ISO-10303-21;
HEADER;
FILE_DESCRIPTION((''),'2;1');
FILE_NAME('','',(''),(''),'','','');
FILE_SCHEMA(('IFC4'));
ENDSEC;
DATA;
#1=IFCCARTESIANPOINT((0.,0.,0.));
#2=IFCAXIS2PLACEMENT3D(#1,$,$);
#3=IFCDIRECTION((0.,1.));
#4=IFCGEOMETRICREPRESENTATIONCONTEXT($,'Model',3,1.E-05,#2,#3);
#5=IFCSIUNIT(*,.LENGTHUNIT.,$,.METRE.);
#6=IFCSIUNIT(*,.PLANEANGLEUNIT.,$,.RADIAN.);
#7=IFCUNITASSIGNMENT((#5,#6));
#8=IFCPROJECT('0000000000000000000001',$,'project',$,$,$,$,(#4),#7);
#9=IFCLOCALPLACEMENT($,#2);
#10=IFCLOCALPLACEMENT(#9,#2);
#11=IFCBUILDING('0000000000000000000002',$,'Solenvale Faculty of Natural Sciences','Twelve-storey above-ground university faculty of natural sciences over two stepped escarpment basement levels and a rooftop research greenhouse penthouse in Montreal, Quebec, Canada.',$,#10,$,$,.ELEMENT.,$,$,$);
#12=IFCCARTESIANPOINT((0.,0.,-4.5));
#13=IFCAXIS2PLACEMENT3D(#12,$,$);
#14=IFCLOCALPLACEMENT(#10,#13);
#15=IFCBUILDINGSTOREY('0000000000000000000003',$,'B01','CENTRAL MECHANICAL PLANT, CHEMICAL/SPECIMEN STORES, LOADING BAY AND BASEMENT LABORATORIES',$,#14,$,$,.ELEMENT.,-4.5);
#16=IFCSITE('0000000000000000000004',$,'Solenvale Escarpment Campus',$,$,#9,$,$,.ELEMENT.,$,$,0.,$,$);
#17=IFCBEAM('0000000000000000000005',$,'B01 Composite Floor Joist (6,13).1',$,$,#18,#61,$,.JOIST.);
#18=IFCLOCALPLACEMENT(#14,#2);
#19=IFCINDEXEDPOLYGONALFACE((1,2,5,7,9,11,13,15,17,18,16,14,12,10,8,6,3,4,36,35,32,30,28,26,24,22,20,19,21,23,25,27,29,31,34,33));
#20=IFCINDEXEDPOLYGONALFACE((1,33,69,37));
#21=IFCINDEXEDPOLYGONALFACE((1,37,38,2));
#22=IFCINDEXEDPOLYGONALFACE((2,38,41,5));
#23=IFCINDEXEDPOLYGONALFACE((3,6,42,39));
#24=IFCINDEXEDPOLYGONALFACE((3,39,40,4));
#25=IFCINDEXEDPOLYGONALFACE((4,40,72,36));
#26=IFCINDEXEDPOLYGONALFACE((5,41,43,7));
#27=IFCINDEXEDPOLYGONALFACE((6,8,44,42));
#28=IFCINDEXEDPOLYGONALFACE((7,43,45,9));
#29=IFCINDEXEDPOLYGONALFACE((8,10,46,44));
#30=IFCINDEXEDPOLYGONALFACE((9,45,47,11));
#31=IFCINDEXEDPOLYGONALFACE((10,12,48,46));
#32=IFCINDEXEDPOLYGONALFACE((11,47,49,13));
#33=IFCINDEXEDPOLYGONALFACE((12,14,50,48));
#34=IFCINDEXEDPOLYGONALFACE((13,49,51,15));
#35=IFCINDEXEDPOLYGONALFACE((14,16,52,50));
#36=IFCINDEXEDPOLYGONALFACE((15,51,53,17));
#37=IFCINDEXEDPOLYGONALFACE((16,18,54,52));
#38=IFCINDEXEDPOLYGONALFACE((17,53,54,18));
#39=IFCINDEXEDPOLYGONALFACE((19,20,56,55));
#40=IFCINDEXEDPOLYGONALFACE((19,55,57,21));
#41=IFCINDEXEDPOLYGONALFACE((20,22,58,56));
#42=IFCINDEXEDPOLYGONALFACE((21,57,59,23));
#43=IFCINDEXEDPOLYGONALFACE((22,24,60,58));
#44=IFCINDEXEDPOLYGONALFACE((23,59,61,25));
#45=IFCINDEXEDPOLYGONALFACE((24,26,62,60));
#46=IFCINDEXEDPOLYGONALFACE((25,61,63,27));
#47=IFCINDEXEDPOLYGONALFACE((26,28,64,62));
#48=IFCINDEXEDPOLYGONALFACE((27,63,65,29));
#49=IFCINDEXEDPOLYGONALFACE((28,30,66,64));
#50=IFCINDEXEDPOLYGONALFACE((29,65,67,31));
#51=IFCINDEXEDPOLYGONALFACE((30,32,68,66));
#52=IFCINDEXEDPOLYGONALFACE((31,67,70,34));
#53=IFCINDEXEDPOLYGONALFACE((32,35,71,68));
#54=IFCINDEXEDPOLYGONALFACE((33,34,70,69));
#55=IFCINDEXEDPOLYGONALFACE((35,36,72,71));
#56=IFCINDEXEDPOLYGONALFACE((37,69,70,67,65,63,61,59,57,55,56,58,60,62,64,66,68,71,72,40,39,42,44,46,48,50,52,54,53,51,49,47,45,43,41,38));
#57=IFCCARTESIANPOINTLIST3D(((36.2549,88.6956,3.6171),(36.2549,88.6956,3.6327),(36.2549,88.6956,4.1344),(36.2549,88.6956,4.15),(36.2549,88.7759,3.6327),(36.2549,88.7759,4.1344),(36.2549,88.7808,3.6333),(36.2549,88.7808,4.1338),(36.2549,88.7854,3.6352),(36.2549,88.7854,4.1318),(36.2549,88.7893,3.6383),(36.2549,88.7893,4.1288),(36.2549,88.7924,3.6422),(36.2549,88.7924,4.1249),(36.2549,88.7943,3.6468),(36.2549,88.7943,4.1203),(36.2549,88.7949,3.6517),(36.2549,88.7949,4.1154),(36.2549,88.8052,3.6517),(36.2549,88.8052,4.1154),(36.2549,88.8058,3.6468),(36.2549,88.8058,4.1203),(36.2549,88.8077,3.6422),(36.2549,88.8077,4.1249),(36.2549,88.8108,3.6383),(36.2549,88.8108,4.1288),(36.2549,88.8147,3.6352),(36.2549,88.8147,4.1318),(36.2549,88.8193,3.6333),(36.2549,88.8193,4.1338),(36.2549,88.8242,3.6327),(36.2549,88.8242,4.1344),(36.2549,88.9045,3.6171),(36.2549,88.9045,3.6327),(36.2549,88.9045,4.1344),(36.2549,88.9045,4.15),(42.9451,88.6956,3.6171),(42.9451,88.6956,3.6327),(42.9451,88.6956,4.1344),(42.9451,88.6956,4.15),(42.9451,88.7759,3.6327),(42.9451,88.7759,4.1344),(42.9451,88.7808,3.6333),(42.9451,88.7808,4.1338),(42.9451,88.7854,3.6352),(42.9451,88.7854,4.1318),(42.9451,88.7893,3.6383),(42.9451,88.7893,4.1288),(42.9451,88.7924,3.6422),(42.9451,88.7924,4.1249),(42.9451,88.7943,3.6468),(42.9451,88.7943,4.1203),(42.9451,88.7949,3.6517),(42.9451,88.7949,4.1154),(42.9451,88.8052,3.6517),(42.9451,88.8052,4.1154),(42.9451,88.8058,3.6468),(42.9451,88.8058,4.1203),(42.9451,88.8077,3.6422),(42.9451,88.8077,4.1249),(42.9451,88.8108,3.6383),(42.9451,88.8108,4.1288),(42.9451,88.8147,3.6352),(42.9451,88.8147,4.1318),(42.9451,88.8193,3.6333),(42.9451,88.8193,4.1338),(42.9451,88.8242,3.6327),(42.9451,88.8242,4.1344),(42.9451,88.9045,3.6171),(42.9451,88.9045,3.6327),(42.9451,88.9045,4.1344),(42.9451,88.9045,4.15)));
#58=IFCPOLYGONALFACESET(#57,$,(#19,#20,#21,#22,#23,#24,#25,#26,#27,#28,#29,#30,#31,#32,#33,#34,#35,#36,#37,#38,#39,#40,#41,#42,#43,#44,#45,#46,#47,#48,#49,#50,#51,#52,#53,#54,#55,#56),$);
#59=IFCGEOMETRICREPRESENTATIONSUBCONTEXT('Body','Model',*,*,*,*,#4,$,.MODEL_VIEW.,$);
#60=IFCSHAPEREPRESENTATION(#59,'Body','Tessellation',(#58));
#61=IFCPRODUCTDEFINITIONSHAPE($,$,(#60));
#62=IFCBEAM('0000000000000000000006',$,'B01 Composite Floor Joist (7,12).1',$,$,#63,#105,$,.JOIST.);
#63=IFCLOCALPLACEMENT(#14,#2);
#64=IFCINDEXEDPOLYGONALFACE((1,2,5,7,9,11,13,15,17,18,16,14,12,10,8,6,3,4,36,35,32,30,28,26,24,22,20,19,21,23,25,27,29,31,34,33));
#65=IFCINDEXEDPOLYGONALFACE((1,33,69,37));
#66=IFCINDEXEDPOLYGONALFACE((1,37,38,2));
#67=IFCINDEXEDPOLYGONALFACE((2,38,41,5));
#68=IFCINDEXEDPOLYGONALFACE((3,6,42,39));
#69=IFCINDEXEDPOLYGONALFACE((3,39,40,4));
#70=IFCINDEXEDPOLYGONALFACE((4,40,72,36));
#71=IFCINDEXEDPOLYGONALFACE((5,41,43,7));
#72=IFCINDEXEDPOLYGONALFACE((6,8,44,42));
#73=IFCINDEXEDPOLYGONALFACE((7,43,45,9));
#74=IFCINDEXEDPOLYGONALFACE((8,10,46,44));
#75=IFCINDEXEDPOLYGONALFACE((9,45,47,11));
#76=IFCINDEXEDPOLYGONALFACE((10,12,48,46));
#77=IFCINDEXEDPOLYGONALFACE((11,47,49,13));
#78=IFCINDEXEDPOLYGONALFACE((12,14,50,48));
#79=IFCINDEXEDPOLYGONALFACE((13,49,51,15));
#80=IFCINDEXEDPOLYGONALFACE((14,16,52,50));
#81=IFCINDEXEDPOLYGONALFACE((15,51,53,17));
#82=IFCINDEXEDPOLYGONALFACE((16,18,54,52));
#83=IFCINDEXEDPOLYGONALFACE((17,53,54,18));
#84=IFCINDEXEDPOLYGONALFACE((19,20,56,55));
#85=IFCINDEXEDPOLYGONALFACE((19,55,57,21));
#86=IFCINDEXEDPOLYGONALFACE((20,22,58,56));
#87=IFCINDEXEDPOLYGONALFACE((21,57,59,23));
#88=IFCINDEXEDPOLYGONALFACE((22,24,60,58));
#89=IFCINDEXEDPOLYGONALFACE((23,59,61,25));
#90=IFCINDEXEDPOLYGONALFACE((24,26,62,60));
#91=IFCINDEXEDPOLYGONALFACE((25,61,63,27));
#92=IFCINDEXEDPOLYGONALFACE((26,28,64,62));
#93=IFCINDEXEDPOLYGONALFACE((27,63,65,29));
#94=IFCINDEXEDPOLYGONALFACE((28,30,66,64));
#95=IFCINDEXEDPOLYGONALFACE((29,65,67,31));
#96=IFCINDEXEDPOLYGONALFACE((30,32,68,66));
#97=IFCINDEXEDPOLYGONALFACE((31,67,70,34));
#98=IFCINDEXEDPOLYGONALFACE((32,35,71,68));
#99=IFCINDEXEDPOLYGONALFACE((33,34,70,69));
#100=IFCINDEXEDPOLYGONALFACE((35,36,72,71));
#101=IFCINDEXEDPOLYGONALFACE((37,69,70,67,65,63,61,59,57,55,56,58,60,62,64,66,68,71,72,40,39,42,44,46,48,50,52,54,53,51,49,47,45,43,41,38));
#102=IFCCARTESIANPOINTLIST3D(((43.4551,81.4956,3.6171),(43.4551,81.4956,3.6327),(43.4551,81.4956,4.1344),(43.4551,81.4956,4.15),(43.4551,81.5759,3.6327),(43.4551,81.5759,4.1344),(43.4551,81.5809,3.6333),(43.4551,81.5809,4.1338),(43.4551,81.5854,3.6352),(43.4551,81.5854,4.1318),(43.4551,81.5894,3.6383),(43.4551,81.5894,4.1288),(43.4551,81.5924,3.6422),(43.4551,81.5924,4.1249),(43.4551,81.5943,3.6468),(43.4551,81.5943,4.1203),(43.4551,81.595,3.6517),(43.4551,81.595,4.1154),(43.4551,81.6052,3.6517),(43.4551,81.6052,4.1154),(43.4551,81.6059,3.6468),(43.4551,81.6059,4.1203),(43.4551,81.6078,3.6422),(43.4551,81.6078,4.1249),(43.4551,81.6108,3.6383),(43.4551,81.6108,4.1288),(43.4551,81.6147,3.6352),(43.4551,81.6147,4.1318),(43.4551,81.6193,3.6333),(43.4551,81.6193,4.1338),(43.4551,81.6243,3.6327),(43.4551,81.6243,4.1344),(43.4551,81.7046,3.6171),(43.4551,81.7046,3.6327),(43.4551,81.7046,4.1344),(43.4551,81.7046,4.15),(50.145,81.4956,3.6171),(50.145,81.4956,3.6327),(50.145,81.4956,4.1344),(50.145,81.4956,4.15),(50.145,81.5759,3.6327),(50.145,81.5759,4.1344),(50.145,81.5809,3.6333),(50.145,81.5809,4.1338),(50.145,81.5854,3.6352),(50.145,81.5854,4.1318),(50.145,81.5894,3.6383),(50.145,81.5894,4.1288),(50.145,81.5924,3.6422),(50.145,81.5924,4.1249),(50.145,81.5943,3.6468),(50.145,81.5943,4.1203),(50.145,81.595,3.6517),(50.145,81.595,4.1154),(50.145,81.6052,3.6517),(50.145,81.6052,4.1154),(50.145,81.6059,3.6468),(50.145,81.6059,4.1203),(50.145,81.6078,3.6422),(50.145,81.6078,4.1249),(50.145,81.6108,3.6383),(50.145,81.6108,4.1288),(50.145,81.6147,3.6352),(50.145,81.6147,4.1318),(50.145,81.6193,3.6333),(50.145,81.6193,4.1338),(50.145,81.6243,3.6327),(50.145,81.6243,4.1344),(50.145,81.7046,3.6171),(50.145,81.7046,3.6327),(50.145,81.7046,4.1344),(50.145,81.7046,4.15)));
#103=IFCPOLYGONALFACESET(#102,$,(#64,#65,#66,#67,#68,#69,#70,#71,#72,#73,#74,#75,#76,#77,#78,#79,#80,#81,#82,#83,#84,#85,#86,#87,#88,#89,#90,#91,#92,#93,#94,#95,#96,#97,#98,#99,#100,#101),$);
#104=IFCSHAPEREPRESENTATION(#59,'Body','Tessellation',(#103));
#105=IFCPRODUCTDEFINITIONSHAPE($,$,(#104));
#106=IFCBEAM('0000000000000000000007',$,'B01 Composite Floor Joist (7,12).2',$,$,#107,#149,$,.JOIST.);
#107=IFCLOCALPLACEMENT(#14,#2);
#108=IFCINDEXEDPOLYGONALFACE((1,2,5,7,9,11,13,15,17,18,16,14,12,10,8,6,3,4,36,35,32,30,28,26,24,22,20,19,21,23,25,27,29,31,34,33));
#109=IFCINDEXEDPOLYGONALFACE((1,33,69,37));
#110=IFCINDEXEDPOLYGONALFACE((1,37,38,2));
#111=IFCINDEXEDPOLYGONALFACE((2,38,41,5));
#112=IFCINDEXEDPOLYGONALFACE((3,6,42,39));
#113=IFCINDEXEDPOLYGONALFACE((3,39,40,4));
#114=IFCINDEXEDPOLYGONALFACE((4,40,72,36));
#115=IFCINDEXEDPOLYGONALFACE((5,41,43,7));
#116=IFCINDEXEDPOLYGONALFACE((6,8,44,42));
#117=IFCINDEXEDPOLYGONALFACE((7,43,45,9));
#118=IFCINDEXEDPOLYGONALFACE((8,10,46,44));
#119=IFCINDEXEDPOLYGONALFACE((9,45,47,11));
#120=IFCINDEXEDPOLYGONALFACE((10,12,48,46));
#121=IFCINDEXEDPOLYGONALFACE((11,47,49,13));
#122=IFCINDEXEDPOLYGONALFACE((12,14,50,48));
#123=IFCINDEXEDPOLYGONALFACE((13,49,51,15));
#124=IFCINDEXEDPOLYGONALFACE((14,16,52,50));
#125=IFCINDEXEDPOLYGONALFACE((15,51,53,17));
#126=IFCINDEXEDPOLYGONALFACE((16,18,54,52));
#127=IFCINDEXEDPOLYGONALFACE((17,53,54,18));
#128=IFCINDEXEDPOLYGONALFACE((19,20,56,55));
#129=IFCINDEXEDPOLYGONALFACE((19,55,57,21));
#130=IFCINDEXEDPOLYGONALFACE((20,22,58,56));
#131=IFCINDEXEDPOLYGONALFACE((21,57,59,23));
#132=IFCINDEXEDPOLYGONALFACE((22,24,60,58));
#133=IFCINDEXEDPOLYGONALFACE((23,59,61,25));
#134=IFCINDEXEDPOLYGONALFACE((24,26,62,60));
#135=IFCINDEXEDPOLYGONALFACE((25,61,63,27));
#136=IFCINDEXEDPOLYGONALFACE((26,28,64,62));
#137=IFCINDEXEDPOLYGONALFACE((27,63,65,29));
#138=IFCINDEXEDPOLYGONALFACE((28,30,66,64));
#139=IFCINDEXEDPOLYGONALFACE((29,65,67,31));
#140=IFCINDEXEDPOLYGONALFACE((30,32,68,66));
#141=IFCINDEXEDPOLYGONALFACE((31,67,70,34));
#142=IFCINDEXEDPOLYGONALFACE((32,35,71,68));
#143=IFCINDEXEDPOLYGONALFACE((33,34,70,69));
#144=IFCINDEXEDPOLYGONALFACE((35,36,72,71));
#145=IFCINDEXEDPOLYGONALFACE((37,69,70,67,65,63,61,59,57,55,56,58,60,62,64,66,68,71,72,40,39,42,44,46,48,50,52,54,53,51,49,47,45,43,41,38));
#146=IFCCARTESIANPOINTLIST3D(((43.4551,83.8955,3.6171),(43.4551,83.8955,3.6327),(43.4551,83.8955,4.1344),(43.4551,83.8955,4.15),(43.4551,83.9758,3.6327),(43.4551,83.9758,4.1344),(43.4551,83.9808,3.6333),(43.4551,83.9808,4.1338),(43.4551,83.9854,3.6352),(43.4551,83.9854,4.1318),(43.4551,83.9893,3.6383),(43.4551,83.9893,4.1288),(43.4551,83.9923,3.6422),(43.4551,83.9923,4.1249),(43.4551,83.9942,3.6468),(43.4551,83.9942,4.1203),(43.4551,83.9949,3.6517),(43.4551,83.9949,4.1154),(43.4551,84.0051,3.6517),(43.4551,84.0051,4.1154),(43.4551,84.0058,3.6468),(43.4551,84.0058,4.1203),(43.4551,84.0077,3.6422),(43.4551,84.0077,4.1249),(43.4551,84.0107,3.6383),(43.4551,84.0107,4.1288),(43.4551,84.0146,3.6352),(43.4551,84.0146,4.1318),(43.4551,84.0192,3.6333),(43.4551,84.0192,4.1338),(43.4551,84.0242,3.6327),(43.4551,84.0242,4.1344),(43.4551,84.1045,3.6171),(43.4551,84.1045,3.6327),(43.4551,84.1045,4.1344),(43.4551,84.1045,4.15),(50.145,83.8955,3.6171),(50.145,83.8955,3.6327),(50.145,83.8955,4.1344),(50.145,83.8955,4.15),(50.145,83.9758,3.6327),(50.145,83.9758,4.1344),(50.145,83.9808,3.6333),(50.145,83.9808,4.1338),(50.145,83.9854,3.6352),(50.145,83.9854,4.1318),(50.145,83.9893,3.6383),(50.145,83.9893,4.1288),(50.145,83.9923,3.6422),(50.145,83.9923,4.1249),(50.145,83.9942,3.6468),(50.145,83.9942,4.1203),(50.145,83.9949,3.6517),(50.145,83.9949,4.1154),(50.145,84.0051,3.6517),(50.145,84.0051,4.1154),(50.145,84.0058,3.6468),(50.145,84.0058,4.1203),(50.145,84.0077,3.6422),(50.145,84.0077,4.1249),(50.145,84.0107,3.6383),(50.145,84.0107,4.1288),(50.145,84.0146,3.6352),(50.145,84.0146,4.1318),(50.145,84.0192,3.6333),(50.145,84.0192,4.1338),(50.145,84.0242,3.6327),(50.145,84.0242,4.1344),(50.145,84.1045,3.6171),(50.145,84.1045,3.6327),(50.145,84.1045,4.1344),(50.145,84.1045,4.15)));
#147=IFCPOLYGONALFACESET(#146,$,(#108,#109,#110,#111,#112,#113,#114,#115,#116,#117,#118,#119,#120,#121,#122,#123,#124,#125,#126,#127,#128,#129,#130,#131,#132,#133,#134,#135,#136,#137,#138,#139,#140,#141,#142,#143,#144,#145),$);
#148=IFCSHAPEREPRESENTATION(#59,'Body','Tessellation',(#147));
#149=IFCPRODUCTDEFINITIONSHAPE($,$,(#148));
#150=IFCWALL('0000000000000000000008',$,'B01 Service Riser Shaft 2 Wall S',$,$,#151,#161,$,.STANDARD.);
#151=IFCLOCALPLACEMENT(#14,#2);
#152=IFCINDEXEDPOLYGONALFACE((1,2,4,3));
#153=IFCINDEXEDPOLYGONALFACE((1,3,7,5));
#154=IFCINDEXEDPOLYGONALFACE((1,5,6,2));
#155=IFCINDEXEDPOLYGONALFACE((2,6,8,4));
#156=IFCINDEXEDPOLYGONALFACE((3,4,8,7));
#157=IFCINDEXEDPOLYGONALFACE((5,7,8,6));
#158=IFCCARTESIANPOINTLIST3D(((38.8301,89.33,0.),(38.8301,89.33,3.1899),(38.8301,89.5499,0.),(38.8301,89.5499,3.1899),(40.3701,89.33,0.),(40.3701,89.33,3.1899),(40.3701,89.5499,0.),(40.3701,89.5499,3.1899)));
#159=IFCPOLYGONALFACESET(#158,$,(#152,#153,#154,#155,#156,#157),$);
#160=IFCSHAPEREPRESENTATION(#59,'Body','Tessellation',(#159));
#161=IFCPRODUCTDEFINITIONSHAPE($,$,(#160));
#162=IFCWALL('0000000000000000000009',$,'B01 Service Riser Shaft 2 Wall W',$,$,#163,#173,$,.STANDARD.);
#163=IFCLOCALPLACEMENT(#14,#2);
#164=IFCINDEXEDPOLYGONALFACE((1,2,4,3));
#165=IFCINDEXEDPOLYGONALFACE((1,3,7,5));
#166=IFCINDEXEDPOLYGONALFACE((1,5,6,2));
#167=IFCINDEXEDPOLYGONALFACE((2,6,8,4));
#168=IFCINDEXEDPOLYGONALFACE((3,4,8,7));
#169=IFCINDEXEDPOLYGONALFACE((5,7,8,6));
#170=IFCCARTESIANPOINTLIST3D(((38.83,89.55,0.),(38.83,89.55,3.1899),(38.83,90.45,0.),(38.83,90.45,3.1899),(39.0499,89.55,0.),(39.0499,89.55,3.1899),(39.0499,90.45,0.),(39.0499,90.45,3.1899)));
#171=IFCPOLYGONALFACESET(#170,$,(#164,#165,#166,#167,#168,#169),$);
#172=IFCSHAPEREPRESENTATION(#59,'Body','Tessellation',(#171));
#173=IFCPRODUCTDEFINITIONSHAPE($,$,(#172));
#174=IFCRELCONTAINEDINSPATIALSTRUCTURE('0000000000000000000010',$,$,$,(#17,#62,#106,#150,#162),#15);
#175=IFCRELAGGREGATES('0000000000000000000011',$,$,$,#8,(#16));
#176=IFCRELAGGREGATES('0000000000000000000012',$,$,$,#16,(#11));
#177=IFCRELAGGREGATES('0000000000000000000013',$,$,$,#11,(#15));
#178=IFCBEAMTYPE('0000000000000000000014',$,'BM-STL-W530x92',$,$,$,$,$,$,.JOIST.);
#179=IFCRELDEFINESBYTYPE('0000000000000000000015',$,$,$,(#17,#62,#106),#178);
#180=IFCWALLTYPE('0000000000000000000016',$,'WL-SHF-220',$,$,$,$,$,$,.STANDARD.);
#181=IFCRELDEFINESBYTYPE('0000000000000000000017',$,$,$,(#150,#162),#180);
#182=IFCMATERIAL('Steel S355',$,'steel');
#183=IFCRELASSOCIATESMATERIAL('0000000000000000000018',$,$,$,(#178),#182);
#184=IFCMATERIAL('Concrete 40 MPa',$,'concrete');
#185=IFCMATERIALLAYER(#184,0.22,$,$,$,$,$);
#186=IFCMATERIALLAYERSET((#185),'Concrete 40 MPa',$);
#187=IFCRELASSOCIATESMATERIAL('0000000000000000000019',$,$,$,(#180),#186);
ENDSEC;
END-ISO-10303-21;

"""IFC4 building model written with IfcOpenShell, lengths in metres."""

from ifc_helpers import new_model, si_unit, direction, frame, frame_2d, origin, origin_2d, place, context, subcontext, project, spatial, rectangle, i_section, extrude, material, layer, layer_set, material_profile, profile_set, type_object, element, save


model = new_model("IFC4")

# Units and contexts
model_context = context("Model", 3, precision=1e-05, world=origin(), true_north=direction((0.0, 1.0)))
body_context = subcontext(model_context, "Body", "Model", "MODEL_VIEW")
ifc_project = project(units=[si_unit("LENGTHUNIT", "METRE"), si_unit("PLANEANGLEUNIT", "RADIAN")], contexts=[model_context])

# Site, building, storey
site_placement = place(None, origin())
site = spatial("IfcSite", under=ifc_project, at=site_placement, Name="Solenvale Escarpment Campus", CompositionType="ELEMENT", RefElevation=0.0)
building_placement = place(site_placement, origin())
building = spatial("IfcBuilding", under=site, at=building_placement, Name="Solenvale Faculty of Natural Sciences", Description="Twelve-storey above-ground university faculty of natural sciences over two stepped escarpment basement levels and a rooftop research greenhouse penthouse in Montreal, Quebec, Canada.", CompositionType="ELEMENT")
storey_placement = place(building_placement, frame((0.0, 0.0, -4.5)))
storey = spatial("IfcBuildingStorey", under=building, at=storey_placement, Name="B01", Description="CENTRAL MECHANICAL PLANT, CHEMICAL/SPECIMEN STORES, LOADING BAY AND BASEMENT LABORATORIES", CompositionType="ELEMENT", Elevation=-4.5)

# Shared definitions
ifc_material_1 = material(Name="Concrete 40 MPa", Category="concrete")

# Beams
ifc_material_2 = material(Name="Steel S355", Category="steel")
ifc_material_profile_1 = material_profile(ifc_material_2, i_section(OverallWidth=0.209, OverallDepth=0.533, WebThickness=0.0103, FlangeThickness=0.0156, FilletRadius=0.019, at=origin_2d()), Name="W530x92")
ifc_profile_set_1 = profile_set([ifc_material_profile_1], Name="Steel S355")
beam_type_1 = type_object("IfcBeamType", Name="BM-STL-W530x92", PredefinedType="JOIST", material=ifc_profile_set_1)
beam_1_placement = place(storey_placement, frame((36.2549, 88.8, 3.8835), z_axis=(1.0, 0.0, 0.0), x_axis=(0.0, 1.0, 0.0)))
element("IfcBeam", 1, at=beam_1_placement, inside=storey, type_object=beam_type_1, Name="B01 Composite Floor Joist (6,13).1", PredefinedType="JOIST", context=body_context, shape_type="SweptSolid", body=[
    extrude(i_section(OverallWidth=0.209, OverallDepth=0.533, WebThickness=0.0103, FlangeThickness=0.0156, FilletRadius=0.019, at=origin_2d()), origin(), (0.0, 0.0, 1.0), 6.6902),
])
for number, where, z_axis, x_axis, name in (
    (2, (43.4551, 81.6001, 3.8835), (1.0, 0.0, 0.0), (0.0, 1.0, 0.0), "B01 Composite Floor Joist (7,12).1"),
    (3, (43.4551, 84.0, 3.8835), (1.0, 0.0, 0.0), (0.0, 1.0, 0.0), "B01 Composite Floor Joist (7,12).2"),
):
    element("IfcBeam", number, at=place(storey_placement, frame(where, z_axis=z_axis, x_axis=x_axis)), inside=storey, type_object=beam_type_1, Name=name, PredefinedType="JOIST", context=body_context, shape_type="SweptSolid", body=[
        extrude(i_section(OverallWidth=0.209, OverallDepth=0.533, WebThickness=0.0103, FlangeThickness=0.0156, FilletRadius=0.019, at=origin_2d()), origin(), (0.0, 0.0, 1.0), 6.6899),
    ])

# Walls
ifc_layer = layer(ifc_material_1, 0.22)
ifc_layer_set = layer_set([ifc_layer], Name="Concrete 40 MPa")
wall_type = type_object("IfcWallType", Name="WL-SHF-220", PredefinedType="STANDARD", material=ifc_layer_set)
wall_1_placement = place(storey_placement, frame((38.8301, 89.4399, 0.0), z_axis=(0.0, 0.0, 1.0), x_axis=(1.0, 0.0, 0.0)))
element("IfcWall", 4, at=wall_1_placement, inside=storey, type_object=wall_type, Name="B01 Service Riser Shaft 2 Wall S", PredefinedType="STANDARD", context=body_context, shape_type="SweptSolid", body=[
    extrude(rectangle(XDim=1.54, YDim=0.22, at=frame_2d((0.77, 0.0))), origin(), (0.0, 0.0, 1.0), 3.1899),
])
wall_2_placement = place(storey_placement, frame((38.9399, 89.55, 0.0), z_axis=(0.0, 0.0, 1.0), x_axis=(0.0, 1.0, 0.0)))
element("IfcWall", 5, at=wall_2_placement, inside=storey, type_object=wall_type, Name="B01 Service Riser Shaft 2 Wall W", PredefinedType="STANDARD", context=body_context, shape_type="SweptSolid", body=[
    extrude(rectangle(XDim=0.8999, YDim=0.22, at=frame_2d((0.45, 0.0))), origin(), (0.0, 0.0, 1.0), 3.1899),
])

save(model, "model.ifc")
